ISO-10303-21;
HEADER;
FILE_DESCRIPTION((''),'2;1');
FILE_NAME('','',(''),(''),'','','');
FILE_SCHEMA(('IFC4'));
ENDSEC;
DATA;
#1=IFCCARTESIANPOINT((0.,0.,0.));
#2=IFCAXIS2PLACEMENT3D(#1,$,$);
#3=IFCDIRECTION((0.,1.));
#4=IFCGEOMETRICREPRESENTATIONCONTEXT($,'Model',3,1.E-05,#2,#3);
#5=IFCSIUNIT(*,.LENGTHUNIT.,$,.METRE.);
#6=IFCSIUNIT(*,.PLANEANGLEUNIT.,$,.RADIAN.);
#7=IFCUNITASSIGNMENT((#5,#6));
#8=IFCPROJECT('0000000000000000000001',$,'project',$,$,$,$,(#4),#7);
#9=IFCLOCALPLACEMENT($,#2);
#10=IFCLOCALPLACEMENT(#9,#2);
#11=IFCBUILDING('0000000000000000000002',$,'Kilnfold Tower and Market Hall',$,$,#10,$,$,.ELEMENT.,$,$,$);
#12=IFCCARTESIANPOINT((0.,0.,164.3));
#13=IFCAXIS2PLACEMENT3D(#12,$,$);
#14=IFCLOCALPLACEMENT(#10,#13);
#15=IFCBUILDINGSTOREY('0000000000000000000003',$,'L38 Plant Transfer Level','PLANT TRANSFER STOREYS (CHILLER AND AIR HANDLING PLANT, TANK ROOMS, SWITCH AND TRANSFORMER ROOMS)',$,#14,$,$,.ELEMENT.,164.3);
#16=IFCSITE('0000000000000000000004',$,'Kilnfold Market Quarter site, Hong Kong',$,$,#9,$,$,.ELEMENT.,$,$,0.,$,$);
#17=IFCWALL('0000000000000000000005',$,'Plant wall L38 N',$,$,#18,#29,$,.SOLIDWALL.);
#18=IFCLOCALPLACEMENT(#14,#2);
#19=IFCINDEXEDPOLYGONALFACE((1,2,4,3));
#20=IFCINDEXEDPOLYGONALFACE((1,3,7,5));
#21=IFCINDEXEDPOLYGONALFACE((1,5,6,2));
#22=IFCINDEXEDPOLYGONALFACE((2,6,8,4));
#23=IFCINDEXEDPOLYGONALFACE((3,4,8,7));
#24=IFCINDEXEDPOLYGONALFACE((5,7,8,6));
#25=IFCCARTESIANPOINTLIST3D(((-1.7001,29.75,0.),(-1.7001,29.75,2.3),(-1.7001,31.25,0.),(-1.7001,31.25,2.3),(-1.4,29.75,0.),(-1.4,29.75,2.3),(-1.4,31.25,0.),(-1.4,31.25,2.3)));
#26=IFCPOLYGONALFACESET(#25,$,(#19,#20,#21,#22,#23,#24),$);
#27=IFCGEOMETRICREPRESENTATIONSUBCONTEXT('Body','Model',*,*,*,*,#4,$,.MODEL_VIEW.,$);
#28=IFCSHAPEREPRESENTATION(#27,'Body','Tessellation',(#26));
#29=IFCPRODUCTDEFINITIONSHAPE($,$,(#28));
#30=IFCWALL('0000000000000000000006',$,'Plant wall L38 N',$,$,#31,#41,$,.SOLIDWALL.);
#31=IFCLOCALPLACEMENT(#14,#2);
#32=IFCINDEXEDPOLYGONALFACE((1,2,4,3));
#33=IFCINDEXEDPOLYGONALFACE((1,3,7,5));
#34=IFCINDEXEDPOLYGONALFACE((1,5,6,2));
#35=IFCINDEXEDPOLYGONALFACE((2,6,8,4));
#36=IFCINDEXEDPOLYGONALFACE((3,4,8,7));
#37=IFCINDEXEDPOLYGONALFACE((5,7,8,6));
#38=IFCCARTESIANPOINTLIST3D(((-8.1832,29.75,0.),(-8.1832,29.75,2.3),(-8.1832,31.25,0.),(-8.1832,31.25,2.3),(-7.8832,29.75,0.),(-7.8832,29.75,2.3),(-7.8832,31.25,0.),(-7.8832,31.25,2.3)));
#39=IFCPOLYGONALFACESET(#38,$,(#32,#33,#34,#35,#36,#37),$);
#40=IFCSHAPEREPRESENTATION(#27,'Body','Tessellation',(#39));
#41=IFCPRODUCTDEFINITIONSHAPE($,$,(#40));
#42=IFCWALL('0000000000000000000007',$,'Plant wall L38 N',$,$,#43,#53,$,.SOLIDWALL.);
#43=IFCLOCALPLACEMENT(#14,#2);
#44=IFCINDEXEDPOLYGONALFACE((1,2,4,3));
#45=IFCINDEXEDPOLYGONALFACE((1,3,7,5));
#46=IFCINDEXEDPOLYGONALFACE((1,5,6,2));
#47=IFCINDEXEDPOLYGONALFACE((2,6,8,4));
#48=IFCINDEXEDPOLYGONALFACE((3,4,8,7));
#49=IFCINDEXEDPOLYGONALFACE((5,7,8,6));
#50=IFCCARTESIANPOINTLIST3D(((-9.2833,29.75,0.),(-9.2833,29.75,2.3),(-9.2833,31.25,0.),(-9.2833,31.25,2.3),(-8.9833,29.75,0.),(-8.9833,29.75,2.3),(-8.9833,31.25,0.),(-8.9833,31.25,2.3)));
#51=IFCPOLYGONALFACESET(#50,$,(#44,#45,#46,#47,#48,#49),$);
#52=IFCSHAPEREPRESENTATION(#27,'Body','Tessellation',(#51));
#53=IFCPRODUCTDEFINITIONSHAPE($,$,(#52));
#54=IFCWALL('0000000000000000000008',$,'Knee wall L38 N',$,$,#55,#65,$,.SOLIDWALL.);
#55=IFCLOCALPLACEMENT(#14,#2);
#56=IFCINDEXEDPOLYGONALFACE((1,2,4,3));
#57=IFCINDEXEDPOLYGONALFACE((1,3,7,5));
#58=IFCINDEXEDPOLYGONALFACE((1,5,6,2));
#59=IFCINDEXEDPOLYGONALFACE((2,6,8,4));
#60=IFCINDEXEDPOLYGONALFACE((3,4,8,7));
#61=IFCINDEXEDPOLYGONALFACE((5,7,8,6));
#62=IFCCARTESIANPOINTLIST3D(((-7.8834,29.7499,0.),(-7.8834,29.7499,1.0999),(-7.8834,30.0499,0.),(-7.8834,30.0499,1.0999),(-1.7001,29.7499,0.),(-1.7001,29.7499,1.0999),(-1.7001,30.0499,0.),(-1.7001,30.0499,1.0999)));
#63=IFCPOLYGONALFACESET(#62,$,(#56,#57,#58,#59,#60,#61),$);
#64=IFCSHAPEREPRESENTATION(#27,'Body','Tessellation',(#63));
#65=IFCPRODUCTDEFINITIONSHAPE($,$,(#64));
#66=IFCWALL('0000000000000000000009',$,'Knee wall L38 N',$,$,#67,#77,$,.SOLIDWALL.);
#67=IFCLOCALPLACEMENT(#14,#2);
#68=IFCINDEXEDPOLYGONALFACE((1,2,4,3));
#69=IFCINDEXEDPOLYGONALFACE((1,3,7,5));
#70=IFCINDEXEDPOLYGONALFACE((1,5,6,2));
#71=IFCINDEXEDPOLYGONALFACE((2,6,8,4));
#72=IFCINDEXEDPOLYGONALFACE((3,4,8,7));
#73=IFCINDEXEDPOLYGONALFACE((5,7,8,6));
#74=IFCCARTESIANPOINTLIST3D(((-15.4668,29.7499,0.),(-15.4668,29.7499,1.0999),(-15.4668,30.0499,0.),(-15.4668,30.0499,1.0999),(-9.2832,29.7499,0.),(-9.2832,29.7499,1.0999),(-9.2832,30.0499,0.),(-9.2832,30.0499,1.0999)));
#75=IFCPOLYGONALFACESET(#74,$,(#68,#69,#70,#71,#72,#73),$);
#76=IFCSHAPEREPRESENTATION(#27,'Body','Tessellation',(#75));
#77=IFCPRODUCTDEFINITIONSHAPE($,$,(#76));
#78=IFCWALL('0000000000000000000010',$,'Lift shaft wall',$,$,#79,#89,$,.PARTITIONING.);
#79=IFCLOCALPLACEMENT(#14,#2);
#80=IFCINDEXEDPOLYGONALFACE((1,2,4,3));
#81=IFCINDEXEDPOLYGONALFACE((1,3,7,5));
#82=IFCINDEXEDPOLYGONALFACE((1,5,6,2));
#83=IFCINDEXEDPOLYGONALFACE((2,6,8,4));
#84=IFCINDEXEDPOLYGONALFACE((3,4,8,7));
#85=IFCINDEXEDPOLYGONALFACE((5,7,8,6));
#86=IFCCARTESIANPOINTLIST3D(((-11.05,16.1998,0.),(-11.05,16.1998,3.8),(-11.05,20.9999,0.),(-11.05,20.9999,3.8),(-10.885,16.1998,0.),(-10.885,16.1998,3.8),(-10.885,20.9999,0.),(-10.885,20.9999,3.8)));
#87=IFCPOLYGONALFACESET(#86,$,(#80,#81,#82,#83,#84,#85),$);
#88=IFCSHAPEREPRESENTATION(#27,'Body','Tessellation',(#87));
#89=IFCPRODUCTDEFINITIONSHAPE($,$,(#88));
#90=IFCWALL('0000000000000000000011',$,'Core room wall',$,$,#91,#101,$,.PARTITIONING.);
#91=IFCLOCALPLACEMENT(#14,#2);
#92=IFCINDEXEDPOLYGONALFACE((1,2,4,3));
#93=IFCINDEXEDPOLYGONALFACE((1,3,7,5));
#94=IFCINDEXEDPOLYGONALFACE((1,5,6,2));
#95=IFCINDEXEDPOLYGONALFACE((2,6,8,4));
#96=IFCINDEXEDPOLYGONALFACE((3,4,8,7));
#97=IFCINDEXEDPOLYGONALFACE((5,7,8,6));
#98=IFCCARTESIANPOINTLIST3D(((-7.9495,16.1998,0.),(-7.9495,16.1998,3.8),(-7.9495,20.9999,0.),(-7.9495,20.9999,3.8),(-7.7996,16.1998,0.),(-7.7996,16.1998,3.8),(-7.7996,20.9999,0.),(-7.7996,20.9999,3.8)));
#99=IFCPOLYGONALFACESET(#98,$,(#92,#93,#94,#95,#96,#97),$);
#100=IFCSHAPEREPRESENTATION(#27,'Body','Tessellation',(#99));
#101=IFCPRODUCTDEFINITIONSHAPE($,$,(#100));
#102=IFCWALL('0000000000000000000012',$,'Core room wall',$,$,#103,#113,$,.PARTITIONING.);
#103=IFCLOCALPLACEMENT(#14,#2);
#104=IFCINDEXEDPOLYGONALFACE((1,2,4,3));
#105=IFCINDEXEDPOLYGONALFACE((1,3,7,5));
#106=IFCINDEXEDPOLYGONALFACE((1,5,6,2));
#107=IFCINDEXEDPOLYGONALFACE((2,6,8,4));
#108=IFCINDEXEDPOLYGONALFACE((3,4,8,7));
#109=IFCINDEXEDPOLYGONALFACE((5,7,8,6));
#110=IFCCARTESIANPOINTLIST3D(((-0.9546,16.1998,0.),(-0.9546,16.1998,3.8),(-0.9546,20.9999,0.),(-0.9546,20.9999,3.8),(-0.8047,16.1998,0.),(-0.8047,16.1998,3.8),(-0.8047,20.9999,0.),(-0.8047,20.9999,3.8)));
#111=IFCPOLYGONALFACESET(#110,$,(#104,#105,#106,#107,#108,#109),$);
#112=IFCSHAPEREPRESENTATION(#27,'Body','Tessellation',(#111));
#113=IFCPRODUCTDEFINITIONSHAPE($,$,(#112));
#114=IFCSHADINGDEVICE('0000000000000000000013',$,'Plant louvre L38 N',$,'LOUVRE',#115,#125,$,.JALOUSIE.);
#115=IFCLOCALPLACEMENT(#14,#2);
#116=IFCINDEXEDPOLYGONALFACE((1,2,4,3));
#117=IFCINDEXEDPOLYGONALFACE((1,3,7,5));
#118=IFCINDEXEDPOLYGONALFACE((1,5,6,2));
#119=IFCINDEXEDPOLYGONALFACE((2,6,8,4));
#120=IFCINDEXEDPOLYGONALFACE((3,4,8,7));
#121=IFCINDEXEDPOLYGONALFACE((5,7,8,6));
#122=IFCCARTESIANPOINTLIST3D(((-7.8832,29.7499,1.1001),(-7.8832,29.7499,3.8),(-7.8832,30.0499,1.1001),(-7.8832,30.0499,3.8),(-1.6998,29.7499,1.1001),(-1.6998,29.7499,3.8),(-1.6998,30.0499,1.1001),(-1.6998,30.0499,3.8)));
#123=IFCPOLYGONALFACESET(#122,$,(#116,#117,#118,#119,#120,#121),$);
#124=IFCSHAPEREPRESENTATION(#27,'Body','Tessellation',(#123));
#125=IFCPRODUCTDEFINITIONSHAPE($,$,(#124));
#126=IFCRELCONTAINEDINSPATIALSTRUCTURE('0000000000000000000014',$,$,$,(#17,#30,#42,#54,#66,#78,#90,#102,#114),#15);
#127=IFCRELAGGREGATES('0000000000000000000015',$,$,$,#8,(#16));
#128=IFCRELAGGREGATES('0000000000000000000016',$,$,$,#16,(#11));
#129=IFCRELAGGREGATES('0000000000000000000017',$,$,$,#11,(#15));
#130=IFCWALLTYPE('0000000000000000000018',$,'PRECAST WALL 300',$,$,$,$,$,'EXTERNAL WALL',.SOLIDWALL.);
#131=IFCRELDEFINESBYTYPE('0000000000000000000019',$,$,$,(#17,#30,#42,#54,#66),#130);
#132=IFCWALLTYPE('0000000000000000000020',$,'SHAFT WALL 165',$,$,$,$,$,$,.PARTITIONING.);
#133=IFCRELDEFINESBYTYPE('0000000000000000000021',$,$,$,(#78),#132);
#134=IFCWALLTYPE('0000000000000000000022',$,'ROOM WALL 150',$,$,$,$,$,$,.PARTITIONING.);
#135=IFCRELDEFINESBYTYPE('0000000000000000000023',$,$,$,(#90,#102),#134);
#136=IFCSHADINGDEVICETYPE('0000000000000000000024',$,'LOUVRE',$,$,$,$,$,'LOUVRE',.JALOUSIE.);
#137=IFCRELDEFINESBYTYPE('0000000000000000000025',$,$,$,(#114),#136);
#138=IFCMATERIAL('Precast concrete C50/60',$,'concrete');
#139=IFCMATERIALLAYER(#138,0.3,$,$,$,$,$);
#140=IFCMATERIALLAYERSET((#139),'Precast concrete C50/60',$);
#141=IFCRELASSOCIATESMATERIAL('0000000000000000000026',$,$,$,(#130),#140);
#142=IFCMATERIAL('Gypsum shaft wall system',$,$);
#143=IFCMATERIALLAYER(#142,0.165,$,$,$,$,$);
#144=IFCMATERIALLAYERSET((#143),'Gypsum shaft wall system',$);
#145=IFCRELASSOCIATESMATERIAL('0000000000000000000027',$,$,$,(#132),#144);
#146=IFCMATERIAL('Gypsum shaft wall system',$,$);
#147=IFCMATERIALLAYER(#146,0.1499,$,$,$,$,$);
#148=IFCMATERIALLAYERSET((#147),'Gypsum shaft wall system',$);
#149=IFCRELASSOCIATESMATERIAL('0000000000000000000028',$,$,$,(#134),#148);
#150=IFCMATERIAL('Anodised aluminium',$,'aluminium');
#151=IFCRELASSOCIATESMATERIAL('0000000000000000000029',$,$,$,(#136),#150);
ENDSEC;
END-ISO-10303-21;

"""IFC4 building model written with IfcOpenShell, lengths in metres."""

from ifc_helpers import new_model, si_unit, direction, frame, frame_2d, origin, origin_2d, place, context, subcontext, project, spatial, rectangle, extrude, source, transform, mapped, material, layer, layer_set, type_object, element, save


model = new_model("IFC4")

# Units and contexts
model_context = context("Model", 3, precision=1e-05, world=origin(), true_north=direction((0.0, 1.0)))
body_context = subcontext(model_context, "Body", "Model", "MODEL_VIEW")
ifc_project = project(units=[si_unit("LENGTHUNIT", "METRE"), si_unit("PLANEANGLEUNIT", "RADIAN")], contexts=[model_context])

# Site, building, storey
site_placement = place(None, origin())
site = spatial("IfcSite", under=ifc_project, at=site_placement, Name="Kilnfold Market Quarter site, Hong Kong", CompositionType="ELEMENT", RefElevation=0.0)
building_placement = place(site_placement, origin())
building = spatial("IfcBuilding", under=site, at=building_placement, Name="Kilnfold Tower and Market Hall", CompositionType="ELEMENT")
storey_placement = place(building_placement, frame((0.0, 0.0, 164.3)))
storey = spatial("IfcBuildingStorey", under=building, at=storey_placement, Name="L38 Plant Transfer Level", Description="PLANT TRANSFER STOREYS (CHILLER AND AIR HANDLING PLANT, TANK ROOMS, SWITCH AND TRANSFORMER ROOMS)", CompositionType="ELEMENT", Elevation=164.3)

# Walls
ifc_material_1 = material(Name="Precast concrete C50/60", Category="concrete")
ifc_layer_1 = layer(ifc_material_1, 0.3)
ifc_layer_set_1 = layer_set([ifc_layer_1], Name="Precast concrete C50/60")
wall_type_1 = type_object("IfcWallType", Name="PRECAST WALL 300", ElementType="EXTERNAL WALL", PredefinedType="SOLIDWALL", material=ifc_layer_set_1)
shared_shape_1 = source(origin(), body_context, "Body", "SweptSolid", [
    extrude(rectangle(XDim=1.5, YDim=0.3, at=frame_2d((0.75, 0.0))), origin(), (0.0, 0.0, 1.0), 2.3),
])
for number, where, z_axis, x_axis, name in (
    (1, (-1.55, 31.25, 0.0), (0.0, 0.0, 1.0), (0.0, -1.0, 0.0), "Plant wall L38 N"),
    (2, (-8.0332, 31.25, 0.0), (0.0, 0.0, 1.0), (0.0, -1.0, 0.0), "Plant wall L38 N"),
    (3, (-9.1333, 31.25, 0.0), (0.0, 0.0, 1.0), (0.0, -1.0, 0.0), "Plant wall L38 N"),
):
    element("IfcWall", number, at=place(storey_placement, frame(where, z_axis=z_axis, x_axis=x_axis)), inside=storey, type_object=wall_type_1, Name=name, PredefinedType="SOLIDWALL", context=body_context, shape_type="MappedRepresentation", body=[
        mapped(shared_shape_1, transform((0.0, 0.0, 0.0))),
    ])
shared_shape_2 = source(origin(), body_context, "Body", "SweptSolid", [
    extrude(rectangle(XDim=6.1833, YDim=0.3, at=frame_2d((3.0918, 0.0))), origin(), (0.0, 0.0, 1.0), 1.0999),
])
wall_1_placement = place(storey_placement, frame((-1.7, 29.8999, 0.0), z_axis=(0.0, 0.0, 1.0), x_axis=(-1.0, 0.0, 0.0)))
element("IfcWall", 4, at=wall_1_placement, inside=storey, type_object=wall_type_1, Name="Knee wall L38 N", PredefinedType="SOLIDWALL", context=body_context, shape_type="MappedRepresentation", body=[
    mapped(shared_shape_2, transform((0.0, 0.0, 0.0))),
])
shared_shape_3 = source(origin(), body_context, "Body", "SweptSolid", [
    extrude(rectangle(XDim=6.1836, YDim=0.3, at=frame_2d((3.0918, 0.0))), origin(), (0.0, 0.0, 1.0), 1.0999),
])
wall_2_placement = place(storey_placement, frame((-9.2832, 29.8999, 0.0), z_axis=(0.0, 0.0, 1.0), x_axis=(-1.0, 0.0, 0.0)))
element("IfcWall", 5, at=wall_2_placement, inside=storey, type_object=wall_type_1, Name="Knee wall L38 N", PredefinedType="SOLIDWALL", context=body_context, shape_type="MappedRepresentation", body=[
    mapped(shared_shape_3, transform((0.0, 0.0, 0.0))),
])
ifc_material_2 = material(Name="Gypsum shaft wall system")
ifc_layer_2 = layer(ifc_material_2, 0.165)
ifc_layer_set_2 = layer_set([ifc_layer_2], Name="Gypsum shaft wall system")
wall_type_2 = type_object("IfcWallType", Name="SHAFT WALL 165", PredefinedType="PARTITIONING", material=ifc_layer_set_2)
shared_shape_4 = source(origin(), body_context, "Body", "SweptSolid", [
    extrude(rectangle(XDim=4.8, YDim=0.165, at=frame_2d((2.3999, 0.0))), origin(), (0.0, 0.0, 1.0), 3.8),
])
wall_3_placement = place(storey_placement, frame((-10.9675, 16.2, 0.0), z_axis=(0.0, 0.0, 1.0), x_axis=(0.0, 1.0, 0.0)))
element("IfcWall", 6, at=wall_3_placement, inside=storey, type_object=wall_type_2, Name="Lift shaft wall", PredefinedType="PARTITIONING", context=body_context, shape_type="MappedRepresentation", body=[
    mapped(shared_shape_4, transform((0.0, 0.0, 0.0))),
])
ifc_material_3 = material(Name="Gypsum shaft wall system")
ifc_layer_3 = layer(ifc_material_3, 0.1499)
ifc_layer_set_3 = layer_set([ifc_layer_3], Name="Gypsum shaft wall system")
wall_type_3 = type_object("IfcWallType", Name="ROOM WALL 150", PredefinedType="PARTITIONING", material=ifc_layer_set_3)
shared_shape_5 = source(origin(), body_context, "Body", "SweptSolid", [
    extrude(rectangle(XDim=4.8, YDim=0.1499, at=frame_2d((2.3999, 0.0))), origin(), (0.0, 0.0, 1.0), 3.8),
])
for number, where, z_axis, x_axis, name in (
    (7, (-7.8745, 16.2, 0.0), (0.0, 0.0, 1.0), (0.0, 1.0, 0.0), "Core room wall"),
    (8, (-0.8796, 16.2, 0.0), (0.0, 0.0, 1.0), (0.0, 1.0, 0.0), "Core room wall"),
):
    element("IfcWall", number, at=place(storey_placement, frame(where, z_axis=z_axis, x_axis=x_axis)), inside=storey, type_object=wall_type_3, Name=name, PredefinedType="PARTITIONING", context=body_context, shape_type="MappedRepresentation", body=[
        mapped(shared_shape_5, transform((0.0, 0.0, 0.0))),
    ])

# Shading device
ifc_material_4 = material(Name="Anodised aluminium", Category="aluminium")
shading_device_type = type_object("IfcShadingDeviceType", Name="LOUVRE", ElementType="LOUVRE", PredefinedType="JALOUSIE", material=ifc_material_4)
shared_shape_6 = source(origin(), body_context, "Body", "SweptSolid", [
    extrude(rectangle(XDim=6.1833, YDim=0.3, at=origin_2d()), origin(), (0.0, 0.0, 1.0), 2.7),
])
shading_device_placement = place(storey_placement, frame((-4.7915, 29.8999, 1.1001), z_axis=(0.0, 0.0, 1.0), x_axis=(-1.0, 0.0, 0.0)))
element("IfcShadingDevice", 9, at=shading_device_placement, inside=storey, type_object=shading_device_type, Name="Plant louvre L38 N", ObjectType="LOUVRE", PredefinedType="JALOUSIE", context=body_context, shape_type="MappedRepresentation", body=[
    mapped(shared_shape_6, transform((0.0, 0.0, 0.0))),
])

save(model, "model.ifc")
